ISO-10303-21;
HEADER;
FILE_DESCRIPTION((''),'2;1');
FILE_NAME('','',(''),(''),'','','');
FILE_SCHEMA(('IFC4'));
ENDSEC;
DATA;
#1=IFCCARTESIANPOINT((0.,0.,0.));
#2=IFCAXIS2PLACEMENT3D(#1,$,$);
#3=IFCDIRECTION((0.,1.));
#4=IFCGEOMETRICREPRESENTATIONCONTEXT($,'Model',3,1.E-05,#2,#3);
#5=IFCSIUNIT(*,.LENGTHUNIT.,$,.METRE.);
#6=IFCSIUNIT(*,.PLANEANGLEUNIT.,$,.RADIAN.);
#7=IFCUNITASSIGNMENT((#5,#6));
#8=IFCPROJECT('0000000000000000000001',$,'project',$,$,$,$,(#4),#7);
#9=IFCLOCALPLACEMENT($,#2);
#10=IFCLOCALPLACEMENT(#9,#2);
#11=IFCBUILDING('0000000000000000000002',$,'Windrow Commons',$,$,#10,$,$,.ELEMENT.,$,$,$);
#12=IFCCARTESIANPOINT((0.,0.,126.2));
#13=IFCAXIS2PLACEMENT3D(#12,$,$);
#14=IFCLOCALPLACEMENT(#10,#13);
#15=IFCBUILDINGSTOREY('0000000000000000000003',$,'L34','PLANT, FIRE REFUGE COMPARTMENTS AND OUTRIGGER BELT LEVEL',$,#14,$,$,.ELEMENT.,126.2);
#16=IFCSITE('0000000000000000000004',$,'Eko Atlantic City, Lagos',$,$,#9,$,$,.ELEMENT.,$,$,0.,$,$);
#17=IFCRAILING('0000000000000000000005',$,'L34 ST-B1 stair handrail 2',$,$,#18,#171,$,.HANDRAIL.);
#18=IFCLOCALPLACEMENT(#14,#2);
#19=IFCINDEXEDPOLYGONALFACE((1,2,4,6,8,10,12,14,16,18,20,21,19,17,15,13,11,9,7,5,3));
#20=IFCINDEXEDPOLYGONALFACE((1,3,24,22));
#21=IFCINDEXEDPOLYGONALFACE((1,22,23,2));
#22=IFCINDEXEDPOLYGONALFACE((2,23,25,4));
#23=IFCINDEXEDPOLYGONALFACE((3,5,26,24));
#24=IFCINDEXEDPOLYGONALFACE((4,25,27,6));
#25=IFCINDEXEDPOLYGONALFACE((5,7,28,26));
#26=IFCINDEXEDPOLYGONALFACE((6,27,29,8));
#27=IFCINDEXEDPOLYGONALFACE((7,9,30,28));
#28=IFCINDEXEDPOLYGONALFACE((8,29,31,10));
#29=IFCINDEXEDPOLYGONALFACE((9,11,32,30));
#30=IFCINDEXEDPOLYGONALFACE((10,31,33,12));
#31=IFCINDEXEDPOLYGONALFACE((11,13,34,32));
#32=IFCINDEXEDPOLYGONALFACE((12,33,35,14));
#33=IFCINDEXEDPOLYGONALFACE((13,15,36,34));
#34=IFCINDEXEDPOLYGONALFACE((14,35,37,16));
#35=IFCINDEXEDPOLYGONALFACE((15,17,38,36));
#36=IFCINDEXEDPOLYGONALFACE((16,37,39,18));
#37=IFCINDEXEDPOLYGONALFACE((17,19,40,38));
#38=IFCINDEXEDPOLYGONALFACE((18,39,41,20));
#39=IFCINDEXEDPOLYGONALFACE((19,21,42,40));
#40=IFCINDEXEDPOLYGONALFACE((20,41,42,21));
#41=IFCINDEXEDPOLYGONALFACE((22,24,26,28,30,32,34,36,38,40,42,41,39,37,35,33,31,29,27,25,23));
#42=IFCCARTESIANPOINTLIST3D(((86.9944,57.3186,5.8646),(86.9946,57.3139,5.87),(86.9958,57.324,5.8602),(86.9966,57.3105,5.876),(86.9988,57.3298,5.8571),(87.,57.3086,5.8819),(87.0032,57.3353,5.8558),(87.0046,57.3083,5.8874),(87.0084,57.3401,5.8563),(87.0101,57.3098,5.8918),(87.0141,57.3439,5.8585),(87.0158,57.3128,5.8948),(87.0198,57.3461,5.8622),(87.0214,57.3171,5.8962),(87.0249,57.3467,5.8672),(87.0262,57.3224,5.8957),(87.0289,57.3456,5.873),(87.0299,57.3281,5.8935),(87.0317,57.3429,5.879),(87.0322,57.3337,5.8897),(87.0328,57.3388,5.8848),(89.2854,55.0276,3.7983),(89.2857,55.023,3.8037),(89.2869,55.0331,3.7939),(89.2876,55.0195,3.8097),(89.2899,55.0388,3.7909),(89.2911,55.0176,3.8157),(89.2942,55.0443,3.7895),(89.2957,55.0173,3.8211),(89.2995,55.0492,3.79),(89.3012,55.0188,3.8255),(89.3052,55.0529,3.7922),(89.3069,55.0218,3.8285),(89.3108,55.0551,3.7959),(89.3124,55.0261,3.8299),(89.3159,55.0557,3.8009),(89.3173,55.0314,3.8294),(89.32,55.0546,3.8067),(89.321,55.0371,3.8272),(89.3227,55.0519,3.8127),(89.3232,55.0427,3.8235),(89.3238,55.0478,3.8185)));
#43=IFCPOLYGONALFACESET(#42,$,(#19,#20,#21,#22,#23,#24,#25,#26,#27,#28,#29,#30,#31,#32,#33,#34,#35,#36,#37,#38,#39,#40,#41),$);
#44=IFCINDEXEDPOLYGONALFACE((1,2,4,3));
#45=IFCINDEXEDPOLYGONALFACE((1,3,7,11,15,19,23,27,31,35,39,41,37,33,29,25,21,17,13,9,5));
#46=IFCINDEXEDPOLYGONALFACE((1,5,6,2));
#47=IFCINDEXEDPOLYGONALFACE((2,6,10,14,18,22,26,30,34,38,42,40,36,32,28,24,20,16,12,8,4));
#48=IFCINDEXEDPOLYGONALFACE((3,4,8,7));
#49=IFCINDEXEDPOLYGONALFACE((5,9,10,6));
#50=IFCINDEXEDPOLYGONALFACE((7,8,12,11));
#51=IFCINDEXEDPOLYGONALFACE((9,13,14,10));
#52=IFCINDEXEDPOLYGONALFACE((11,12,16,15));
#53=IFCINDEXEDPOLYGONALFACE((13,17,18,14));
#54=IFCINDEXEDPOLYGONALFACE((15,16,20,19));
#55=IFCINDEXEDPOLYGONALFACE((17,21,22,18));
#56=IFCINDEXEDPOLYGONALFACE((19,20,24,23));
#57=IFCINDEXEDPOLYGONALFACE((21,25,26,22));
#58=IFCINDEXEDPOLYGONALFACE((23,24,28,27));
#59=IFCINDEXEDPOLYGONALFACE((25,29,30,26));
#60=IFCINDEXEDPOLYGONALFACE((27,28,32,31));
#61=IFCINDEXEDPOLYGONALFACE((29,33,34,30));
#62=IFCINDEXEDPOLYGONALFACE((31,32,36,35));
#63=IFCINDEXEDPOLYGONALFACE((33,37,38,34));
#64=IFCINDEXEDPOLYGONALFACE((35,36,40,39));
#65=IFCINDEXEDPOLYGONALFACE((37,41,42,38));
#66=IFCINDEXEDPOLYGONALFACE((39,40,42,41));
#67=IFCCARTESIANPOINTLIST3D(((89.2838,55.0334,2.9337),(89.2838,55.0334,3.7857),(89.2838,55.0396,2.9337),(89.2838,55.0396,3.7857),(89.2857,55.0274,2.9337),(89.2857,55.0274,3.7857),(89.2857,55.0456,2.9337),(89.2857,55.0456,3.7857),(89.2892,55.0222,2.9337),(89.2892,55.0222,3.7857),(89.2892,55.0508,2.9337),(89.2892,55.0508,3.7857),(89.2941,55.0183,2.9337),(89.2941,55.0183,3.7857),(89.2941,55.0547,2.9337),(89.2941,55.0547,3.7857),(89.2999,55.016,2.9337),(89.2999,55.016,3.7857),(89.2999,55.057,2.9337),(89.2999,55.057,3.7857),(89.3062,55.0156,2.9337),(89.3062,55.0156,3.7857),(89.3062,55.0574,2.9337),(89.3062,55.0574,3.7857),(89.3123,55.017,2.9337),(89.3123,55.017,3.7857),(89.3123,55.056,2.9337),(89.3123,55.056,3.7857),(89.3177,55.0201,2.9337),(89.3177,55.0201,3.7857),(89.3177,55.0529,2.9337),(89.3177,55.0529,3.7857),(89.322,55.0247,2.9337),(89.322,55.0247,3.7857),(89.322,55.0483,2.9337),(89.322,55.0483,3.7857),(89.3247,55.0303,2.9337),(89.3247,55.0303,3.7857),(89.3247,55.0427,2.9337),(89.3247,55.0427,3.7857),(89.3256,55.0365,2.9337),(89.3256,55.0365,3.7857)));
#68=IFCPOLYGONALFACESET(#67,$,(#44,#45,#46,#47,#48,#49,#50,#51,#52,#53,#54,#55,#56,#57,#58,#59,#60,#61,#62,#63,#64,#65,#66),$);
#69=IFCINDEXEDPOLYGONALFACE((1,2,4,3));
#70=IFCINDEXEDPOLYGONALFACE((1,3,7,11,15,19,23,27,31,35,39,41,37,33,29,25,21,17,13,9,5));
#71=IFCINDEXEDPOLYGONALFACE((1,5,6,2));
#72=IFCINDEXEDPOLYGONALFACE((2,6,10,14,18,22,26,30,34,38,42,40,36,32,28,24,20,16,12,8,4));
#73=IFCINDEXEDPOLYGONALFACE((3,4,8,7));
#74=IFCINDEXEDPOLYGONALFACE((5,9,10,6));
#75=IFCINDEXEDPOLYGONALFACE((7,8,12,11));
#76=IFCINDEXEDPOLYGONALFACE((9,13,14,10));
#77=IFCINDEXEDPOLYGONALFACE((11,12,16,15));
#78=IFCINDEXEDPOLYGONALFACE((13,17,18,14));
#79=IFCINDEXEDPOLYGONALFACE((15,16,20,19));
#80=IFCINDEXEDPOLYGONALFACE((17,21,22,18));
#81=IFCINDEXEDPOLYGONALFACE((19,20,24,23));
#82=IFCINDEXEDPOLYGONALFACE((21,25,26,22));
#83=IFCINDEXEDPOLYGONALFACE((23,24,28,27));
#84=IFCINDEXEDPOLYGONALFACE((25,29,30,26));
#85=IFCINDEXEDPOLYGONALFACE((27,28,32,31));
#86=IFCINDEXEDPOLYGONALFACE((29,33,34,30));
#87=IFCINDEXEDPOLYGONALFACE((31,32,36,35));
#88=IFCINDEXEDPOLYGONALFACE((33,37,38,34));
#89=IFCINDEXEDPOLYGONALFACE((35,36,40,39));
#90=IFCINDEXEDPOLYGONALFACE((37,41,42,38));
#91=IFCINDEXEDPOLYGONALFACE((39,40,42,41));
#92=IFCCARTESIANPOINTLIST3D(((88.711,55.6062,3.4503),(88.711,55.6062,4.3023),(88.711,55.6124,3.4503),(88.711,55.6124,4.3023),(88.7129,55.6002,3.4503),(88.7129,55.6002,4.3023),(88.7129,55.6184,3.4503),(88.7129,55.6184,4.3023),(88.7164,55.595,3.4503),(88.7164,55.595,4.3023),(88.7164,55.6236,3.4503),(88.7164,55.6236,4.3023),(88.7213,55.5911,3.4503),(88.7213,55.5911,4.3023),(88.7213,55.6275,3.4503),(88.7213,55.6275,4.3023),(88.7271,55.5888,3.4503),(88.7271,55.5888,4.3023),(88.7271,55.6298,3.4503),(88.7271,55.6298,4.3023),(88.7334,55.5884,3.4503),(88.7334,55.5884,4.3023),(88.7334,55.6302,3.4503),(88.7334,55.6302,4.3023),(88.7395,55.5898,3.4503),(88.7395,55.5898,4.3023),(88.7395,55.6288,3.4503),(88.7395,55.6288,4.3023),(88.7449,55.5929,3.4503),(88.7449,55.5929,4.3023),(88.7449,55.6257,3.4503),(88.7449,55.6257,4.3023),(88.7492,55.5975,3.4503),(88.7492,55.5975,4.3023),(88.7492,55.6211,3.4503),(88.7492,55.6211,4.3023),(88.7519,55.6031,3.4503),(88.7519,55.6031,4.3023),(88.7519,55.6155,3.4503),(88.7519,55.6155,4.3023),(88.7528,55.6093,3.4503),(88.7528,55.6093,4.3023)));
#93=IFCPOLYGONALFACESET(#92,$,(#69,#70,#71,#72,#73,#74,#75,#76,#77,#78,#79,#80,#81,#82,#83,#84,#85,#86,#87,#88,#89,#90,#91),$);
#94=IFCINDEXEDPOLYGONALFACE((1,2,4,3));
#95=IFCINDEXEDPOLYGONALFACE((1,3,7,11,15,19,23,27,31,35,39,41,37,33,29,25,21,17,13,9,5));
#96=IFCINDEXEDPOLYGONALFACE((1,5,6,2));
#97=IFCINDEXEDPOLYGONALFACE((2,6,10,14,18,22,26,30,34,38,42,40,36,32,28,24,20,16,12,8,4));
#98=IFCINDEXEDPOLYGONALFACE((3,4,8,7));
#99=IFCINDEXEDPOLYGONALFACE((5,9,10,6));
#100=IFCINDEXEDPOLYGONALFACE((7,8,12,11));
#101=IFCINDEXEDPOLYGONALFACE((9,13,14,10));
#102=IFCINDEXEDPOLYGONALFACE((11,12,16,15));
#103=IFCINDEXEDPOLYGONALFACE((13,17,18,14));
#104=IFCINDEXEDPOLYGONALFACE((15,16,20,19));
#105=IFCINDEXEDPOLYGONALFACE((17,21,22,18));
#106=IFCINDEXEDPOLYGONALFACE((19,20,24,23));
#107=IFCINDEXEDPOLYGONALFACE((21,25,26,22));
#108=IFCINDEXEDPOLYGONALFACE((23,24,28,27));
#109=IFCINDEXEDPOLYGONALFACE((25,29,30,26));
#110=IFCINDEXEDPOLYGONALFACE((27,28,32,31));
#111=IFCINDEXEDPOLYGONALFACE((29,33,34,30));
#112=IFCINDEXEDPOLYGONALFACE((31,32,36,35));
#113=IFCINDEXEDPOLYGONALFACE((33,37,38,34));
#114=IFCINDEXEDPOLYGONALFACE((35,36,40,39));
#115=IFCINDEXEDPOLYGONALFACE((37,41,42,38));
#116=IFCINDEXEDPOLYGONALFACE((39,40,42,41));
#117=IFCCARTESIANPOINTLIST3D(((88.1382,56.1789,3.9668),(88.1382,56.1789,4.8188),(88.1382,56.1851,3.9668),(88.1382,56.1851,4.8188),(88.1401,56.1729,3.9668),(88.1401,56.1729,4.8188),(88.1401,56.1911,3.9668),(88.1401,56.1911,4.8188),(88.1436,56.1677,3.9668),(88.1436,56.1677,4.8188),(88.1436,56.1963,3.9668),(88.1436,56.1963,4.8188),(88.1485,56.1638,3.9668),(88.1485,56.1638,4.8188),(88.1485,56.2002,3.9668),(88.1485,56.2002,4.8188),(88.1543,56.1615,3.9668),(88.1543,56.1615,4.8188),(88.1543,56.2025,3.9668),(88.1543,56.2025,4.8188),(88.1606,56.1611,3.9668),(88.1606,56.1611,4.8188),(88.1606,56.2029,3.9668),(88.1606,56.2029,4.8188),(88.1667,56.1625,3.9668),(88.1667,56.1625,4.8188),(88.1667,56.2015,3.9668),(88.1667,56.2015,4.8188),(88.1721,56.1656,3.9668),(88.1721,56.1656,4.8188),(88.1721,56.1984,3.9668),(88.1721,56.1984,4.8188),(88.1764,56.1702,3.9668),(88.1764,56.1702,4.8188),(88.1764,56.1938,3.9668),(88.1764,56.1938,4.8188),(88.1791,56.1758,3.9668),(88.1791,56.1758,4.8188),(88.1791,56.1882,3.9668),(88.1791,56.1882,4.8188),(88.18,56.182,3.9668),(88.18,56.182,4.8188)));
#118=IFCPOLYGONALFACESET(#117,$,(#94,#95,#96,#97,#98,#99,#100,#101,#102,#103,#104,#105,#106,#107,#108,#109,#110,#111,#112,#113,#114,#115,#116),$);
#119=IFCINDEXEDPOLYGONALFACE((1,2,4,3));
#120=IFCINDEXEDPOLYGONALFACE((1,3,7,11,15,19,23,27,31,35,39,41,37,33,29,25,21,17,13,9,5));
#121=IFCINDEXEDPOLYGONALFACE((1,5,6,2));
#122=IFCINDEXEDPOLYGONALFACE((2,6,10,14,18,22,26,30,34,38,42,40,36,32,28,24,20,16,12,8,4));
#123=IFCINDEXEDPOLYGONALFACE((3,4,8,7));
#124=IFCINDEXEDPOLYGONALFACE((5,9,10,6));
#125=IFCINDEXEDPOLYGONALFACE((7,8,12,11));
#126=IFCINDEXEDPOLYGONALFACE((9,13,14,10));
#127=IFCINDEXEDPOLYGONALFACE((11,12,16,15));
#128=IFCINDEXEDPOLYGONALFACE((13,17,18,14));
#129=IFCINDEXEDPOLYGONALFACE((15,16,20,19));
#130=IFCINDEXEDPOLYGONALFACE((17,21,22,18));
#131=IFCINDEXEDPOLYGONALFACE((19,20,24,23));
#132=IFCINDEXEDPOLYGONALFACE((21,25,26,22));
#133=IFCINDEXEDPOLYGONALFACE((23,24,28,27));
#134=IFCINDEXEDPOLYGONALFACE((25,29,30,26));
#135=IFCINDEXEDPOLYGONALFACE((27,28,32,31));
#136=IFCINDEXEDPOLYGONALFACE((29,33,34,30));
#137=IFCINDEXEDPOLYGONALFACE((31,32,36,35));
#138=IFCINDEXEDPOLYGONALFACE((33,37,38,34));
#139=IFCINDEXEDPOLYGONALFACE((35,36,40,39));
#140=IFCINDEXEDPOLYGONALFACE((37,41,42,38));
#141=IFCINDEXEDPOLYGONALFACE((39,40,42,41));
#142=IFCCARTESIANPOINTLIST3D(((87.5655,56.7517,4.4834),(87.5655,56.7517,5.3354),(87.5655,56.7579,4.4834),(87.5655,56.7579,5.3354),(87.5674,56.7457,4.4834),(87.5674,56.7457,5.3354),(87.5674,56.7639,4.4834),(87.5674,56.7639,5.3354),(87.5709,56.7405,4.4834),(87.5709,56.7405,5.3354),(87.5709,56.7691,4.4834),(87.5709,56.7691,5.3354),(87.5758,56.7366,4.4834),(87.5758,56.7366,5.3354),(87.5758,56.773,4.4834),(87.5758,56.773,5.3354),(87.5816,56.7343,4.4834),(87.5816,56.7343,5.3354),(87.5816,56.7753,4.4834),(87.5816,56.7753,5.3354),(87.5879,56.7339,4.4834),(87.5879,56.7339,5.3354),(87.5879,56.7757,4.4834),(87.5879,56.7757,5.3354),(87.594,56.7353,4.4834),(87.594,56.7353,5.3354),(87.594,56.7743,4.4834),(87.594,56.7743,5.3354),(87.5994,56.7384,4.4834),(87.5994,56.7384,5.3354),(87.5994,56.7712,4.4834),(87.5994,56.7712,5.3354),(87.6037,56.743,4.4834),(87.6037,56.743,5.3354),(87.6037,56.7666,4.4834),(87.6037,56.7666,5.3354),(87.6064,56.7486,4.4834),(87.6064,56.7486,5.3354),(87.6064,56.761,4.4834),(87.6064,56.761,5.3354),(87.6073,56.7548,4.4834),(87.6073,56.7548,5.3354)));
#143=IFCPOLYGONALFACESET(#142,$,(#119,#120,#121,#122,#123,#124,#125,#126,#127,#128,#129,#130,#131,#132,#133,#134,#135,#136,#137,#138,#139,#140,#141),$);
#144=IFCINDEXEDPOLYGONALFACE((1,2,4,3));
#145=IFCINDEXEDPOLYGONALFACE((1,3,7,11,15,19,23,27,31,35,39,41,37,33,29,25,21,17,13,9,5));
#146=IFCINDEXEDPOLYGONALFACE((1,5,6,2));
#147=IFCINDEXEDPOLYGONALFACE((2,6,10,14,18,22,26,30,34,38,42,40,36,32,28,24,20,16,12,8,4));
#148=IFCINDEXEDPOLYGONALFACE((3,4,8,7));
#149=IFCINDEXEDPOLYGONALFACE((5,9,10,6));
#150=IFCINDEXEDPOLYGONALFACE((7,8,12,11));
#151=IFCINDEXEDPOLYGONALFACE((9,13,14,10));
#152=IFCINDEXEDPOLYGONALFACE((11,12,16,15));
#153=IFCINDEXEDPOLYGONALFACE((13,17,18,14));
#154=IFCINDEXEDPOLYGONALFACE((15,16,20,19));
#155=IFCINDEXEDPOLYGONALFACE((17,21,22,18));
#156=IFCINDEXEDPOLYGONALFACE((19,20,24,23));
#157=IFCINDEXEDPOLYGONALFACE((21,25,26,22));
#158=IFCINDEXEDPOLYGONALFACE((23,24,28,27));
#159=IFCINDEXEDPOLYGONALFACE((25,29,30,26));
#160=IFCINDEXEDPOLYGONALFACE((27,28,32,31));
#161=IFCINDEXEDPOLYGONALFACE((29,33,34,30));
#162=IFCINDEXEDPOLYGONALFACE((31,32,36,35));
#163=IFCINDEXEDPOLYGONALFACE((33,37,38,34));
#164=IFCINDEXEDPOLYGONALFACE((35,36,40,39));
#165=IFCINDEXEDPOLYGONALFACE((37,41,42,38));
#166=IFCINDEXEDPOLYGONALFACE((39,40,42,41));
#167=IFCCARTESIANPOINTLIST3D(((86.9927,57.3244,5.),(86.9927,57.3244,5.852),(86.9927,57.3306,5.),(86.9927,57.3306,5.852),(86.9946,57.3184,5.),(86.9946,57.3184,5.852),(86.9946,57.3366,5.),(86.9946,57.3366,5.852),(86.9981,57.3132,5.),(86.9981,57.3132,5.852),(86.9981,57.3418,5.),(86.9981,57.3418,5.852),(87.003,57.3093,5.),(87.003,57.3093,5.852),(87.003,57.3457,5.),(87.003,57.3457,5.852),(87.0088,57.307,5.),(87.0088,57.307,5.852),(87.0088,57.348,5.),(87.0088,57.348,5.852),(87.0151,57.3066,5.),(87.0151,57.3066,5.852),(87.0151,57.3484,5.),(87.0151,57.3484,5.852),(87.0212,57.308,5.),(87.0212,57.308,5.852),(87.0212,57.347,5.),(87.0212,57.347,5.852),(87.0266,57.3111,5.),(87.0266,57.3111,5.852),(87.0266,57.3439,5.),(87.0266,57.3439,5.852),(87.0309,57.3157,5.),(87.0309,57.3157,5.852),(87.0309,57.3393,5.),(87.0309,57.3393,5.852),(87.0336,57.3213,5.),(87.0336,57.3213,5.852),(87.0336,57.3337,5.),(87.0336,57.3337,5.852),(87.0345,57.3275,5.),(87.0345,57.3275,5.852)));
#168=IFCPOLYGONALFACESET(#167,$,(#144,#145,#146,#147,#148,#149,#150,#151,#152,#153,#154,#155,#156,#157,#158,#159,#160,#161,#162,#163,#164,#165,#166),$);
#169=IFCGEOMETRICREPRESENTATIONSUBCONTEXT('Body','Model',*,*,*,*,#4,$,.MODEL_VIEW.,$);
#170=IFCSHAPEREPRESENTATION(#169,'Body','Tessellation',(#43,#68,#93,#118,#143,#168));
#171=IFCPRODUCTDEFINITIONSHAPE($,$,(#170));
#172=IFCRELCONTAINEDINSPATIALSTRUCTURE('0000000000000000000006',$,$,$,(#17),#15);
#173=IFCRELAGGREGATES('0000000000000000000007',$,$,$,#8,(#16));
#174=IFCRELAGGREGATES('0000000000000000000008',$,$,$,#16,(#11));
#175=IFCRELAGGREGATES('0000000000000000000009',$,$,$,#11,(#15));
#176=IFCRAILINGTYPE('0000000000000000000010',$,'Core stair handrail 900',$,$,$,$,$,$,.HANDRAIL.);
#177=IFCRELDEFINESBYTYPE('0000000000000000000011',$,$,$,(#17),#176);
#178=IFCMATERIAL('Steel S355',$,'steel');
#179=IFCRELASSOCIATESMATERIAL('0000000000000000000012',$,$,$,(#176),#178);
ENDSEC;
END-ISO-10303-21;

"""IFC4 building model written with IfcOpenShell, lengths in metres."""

from ifc_helpers import new_model, si_unit, direction, frame, origin, origin_2d, place, context, subcontext, project, spatial, circle, extrude, material, type_object, element, save


model = new_model("IFC4")

# Units and contexts
model_context = context("Model", 3, precision=1e-05, world=origin(), true_north=direction((0.0, 1.0)))
body_context = subcontext(model_context, "Body", "Model", "MODEL_VIEW")
ifc_project = project(units=[si_unit("LENGTHUNIT", "METRE"), si_unit("PLANEANGLEUNIT", "RADIAN")], contexts=[model_context])

# Site, building, storey
site_placement = place(None, origin())
site = spatial("IfcSite", under=ifc_project, at=site_placement, Name="Eko Atlantic City, Lagos", CompositionType="ELEMENT", RefElevation=0.0)
building_placement = place(site_placement, origin())
building = spatial("IfcBuilding", under=site, at=building_placement, Name="Windrow Commons", CompositionType="ELEMENT")
storey_placement = place(building_placement, frame((0.0, 0.0, 126.2)))
storey = spatial("IfcBuildingStorey", under=building, at=storey_placement, Name="L34", Description="PLANT, FIRE REFUGE COMPARTMENTS AND OUTRIGGER BELT LEVEL", CompositionType="ELEMENT", Elevation=126.2)

# Railing
ifc_material_1 = material(Name="Steel S355", Category="steel")
railing_type_1 = type_object("IfcRailingType", Name="Core stair handrail 900", PredefinedType="HANDRAIL", material=ifc_material_1)
railing_1_placement = place(storey_placement, frame((89.3046, 55.0365, 2.9337)))
element("IfcRailing", 1, at=railing_1_placement, inside=storey, type_object=railing_type_1, Name="L34 ST-B1 stair handrail 2", PredefinedType="HANDRAIL", context=body_context, shape_type="SweptSolid", body=[
    extrude(circle(Radius=0.024, at=origin_2d()), frame((0.0, 0.0, 0.876), z_axis=(-0.5962, 0.596174, 0.537701), x_axis=(-0.707091, -0.707122, 0.0)), (0.0, 0.0, 1.0), 3.8428),
    extrude(circle(Radius=0.021, at=origin_2d()), origin(), (0.0, 0.0, 1.0), 0.852),
    extrude(circle(Radius=0.021, at=origin_2d()), frame((-0.5728, 0.5728, 0.5166)), (0.0, 0.0, 1.0), 0.852),
    extrude(circle(Radius=0.021, at=origin_2d()), frame((-1.1456, 1.1455, 1.0331)), (0.0, 0.0, 1.0), 0.852),
    extrude(circle(Radius=0.021, at=origin_2d()), frame((-1.7183, 1.7183, 1.5497)), (0.0, 0.0, 1.0), 0.852),
    extrude(circle(Radius=0.021, at=origin_2d()), frame((-2.2911, 2.291, 2.0663)), (0.0, 0.0, 1.0), 0.852),
])

save(model, "model.ifc")
